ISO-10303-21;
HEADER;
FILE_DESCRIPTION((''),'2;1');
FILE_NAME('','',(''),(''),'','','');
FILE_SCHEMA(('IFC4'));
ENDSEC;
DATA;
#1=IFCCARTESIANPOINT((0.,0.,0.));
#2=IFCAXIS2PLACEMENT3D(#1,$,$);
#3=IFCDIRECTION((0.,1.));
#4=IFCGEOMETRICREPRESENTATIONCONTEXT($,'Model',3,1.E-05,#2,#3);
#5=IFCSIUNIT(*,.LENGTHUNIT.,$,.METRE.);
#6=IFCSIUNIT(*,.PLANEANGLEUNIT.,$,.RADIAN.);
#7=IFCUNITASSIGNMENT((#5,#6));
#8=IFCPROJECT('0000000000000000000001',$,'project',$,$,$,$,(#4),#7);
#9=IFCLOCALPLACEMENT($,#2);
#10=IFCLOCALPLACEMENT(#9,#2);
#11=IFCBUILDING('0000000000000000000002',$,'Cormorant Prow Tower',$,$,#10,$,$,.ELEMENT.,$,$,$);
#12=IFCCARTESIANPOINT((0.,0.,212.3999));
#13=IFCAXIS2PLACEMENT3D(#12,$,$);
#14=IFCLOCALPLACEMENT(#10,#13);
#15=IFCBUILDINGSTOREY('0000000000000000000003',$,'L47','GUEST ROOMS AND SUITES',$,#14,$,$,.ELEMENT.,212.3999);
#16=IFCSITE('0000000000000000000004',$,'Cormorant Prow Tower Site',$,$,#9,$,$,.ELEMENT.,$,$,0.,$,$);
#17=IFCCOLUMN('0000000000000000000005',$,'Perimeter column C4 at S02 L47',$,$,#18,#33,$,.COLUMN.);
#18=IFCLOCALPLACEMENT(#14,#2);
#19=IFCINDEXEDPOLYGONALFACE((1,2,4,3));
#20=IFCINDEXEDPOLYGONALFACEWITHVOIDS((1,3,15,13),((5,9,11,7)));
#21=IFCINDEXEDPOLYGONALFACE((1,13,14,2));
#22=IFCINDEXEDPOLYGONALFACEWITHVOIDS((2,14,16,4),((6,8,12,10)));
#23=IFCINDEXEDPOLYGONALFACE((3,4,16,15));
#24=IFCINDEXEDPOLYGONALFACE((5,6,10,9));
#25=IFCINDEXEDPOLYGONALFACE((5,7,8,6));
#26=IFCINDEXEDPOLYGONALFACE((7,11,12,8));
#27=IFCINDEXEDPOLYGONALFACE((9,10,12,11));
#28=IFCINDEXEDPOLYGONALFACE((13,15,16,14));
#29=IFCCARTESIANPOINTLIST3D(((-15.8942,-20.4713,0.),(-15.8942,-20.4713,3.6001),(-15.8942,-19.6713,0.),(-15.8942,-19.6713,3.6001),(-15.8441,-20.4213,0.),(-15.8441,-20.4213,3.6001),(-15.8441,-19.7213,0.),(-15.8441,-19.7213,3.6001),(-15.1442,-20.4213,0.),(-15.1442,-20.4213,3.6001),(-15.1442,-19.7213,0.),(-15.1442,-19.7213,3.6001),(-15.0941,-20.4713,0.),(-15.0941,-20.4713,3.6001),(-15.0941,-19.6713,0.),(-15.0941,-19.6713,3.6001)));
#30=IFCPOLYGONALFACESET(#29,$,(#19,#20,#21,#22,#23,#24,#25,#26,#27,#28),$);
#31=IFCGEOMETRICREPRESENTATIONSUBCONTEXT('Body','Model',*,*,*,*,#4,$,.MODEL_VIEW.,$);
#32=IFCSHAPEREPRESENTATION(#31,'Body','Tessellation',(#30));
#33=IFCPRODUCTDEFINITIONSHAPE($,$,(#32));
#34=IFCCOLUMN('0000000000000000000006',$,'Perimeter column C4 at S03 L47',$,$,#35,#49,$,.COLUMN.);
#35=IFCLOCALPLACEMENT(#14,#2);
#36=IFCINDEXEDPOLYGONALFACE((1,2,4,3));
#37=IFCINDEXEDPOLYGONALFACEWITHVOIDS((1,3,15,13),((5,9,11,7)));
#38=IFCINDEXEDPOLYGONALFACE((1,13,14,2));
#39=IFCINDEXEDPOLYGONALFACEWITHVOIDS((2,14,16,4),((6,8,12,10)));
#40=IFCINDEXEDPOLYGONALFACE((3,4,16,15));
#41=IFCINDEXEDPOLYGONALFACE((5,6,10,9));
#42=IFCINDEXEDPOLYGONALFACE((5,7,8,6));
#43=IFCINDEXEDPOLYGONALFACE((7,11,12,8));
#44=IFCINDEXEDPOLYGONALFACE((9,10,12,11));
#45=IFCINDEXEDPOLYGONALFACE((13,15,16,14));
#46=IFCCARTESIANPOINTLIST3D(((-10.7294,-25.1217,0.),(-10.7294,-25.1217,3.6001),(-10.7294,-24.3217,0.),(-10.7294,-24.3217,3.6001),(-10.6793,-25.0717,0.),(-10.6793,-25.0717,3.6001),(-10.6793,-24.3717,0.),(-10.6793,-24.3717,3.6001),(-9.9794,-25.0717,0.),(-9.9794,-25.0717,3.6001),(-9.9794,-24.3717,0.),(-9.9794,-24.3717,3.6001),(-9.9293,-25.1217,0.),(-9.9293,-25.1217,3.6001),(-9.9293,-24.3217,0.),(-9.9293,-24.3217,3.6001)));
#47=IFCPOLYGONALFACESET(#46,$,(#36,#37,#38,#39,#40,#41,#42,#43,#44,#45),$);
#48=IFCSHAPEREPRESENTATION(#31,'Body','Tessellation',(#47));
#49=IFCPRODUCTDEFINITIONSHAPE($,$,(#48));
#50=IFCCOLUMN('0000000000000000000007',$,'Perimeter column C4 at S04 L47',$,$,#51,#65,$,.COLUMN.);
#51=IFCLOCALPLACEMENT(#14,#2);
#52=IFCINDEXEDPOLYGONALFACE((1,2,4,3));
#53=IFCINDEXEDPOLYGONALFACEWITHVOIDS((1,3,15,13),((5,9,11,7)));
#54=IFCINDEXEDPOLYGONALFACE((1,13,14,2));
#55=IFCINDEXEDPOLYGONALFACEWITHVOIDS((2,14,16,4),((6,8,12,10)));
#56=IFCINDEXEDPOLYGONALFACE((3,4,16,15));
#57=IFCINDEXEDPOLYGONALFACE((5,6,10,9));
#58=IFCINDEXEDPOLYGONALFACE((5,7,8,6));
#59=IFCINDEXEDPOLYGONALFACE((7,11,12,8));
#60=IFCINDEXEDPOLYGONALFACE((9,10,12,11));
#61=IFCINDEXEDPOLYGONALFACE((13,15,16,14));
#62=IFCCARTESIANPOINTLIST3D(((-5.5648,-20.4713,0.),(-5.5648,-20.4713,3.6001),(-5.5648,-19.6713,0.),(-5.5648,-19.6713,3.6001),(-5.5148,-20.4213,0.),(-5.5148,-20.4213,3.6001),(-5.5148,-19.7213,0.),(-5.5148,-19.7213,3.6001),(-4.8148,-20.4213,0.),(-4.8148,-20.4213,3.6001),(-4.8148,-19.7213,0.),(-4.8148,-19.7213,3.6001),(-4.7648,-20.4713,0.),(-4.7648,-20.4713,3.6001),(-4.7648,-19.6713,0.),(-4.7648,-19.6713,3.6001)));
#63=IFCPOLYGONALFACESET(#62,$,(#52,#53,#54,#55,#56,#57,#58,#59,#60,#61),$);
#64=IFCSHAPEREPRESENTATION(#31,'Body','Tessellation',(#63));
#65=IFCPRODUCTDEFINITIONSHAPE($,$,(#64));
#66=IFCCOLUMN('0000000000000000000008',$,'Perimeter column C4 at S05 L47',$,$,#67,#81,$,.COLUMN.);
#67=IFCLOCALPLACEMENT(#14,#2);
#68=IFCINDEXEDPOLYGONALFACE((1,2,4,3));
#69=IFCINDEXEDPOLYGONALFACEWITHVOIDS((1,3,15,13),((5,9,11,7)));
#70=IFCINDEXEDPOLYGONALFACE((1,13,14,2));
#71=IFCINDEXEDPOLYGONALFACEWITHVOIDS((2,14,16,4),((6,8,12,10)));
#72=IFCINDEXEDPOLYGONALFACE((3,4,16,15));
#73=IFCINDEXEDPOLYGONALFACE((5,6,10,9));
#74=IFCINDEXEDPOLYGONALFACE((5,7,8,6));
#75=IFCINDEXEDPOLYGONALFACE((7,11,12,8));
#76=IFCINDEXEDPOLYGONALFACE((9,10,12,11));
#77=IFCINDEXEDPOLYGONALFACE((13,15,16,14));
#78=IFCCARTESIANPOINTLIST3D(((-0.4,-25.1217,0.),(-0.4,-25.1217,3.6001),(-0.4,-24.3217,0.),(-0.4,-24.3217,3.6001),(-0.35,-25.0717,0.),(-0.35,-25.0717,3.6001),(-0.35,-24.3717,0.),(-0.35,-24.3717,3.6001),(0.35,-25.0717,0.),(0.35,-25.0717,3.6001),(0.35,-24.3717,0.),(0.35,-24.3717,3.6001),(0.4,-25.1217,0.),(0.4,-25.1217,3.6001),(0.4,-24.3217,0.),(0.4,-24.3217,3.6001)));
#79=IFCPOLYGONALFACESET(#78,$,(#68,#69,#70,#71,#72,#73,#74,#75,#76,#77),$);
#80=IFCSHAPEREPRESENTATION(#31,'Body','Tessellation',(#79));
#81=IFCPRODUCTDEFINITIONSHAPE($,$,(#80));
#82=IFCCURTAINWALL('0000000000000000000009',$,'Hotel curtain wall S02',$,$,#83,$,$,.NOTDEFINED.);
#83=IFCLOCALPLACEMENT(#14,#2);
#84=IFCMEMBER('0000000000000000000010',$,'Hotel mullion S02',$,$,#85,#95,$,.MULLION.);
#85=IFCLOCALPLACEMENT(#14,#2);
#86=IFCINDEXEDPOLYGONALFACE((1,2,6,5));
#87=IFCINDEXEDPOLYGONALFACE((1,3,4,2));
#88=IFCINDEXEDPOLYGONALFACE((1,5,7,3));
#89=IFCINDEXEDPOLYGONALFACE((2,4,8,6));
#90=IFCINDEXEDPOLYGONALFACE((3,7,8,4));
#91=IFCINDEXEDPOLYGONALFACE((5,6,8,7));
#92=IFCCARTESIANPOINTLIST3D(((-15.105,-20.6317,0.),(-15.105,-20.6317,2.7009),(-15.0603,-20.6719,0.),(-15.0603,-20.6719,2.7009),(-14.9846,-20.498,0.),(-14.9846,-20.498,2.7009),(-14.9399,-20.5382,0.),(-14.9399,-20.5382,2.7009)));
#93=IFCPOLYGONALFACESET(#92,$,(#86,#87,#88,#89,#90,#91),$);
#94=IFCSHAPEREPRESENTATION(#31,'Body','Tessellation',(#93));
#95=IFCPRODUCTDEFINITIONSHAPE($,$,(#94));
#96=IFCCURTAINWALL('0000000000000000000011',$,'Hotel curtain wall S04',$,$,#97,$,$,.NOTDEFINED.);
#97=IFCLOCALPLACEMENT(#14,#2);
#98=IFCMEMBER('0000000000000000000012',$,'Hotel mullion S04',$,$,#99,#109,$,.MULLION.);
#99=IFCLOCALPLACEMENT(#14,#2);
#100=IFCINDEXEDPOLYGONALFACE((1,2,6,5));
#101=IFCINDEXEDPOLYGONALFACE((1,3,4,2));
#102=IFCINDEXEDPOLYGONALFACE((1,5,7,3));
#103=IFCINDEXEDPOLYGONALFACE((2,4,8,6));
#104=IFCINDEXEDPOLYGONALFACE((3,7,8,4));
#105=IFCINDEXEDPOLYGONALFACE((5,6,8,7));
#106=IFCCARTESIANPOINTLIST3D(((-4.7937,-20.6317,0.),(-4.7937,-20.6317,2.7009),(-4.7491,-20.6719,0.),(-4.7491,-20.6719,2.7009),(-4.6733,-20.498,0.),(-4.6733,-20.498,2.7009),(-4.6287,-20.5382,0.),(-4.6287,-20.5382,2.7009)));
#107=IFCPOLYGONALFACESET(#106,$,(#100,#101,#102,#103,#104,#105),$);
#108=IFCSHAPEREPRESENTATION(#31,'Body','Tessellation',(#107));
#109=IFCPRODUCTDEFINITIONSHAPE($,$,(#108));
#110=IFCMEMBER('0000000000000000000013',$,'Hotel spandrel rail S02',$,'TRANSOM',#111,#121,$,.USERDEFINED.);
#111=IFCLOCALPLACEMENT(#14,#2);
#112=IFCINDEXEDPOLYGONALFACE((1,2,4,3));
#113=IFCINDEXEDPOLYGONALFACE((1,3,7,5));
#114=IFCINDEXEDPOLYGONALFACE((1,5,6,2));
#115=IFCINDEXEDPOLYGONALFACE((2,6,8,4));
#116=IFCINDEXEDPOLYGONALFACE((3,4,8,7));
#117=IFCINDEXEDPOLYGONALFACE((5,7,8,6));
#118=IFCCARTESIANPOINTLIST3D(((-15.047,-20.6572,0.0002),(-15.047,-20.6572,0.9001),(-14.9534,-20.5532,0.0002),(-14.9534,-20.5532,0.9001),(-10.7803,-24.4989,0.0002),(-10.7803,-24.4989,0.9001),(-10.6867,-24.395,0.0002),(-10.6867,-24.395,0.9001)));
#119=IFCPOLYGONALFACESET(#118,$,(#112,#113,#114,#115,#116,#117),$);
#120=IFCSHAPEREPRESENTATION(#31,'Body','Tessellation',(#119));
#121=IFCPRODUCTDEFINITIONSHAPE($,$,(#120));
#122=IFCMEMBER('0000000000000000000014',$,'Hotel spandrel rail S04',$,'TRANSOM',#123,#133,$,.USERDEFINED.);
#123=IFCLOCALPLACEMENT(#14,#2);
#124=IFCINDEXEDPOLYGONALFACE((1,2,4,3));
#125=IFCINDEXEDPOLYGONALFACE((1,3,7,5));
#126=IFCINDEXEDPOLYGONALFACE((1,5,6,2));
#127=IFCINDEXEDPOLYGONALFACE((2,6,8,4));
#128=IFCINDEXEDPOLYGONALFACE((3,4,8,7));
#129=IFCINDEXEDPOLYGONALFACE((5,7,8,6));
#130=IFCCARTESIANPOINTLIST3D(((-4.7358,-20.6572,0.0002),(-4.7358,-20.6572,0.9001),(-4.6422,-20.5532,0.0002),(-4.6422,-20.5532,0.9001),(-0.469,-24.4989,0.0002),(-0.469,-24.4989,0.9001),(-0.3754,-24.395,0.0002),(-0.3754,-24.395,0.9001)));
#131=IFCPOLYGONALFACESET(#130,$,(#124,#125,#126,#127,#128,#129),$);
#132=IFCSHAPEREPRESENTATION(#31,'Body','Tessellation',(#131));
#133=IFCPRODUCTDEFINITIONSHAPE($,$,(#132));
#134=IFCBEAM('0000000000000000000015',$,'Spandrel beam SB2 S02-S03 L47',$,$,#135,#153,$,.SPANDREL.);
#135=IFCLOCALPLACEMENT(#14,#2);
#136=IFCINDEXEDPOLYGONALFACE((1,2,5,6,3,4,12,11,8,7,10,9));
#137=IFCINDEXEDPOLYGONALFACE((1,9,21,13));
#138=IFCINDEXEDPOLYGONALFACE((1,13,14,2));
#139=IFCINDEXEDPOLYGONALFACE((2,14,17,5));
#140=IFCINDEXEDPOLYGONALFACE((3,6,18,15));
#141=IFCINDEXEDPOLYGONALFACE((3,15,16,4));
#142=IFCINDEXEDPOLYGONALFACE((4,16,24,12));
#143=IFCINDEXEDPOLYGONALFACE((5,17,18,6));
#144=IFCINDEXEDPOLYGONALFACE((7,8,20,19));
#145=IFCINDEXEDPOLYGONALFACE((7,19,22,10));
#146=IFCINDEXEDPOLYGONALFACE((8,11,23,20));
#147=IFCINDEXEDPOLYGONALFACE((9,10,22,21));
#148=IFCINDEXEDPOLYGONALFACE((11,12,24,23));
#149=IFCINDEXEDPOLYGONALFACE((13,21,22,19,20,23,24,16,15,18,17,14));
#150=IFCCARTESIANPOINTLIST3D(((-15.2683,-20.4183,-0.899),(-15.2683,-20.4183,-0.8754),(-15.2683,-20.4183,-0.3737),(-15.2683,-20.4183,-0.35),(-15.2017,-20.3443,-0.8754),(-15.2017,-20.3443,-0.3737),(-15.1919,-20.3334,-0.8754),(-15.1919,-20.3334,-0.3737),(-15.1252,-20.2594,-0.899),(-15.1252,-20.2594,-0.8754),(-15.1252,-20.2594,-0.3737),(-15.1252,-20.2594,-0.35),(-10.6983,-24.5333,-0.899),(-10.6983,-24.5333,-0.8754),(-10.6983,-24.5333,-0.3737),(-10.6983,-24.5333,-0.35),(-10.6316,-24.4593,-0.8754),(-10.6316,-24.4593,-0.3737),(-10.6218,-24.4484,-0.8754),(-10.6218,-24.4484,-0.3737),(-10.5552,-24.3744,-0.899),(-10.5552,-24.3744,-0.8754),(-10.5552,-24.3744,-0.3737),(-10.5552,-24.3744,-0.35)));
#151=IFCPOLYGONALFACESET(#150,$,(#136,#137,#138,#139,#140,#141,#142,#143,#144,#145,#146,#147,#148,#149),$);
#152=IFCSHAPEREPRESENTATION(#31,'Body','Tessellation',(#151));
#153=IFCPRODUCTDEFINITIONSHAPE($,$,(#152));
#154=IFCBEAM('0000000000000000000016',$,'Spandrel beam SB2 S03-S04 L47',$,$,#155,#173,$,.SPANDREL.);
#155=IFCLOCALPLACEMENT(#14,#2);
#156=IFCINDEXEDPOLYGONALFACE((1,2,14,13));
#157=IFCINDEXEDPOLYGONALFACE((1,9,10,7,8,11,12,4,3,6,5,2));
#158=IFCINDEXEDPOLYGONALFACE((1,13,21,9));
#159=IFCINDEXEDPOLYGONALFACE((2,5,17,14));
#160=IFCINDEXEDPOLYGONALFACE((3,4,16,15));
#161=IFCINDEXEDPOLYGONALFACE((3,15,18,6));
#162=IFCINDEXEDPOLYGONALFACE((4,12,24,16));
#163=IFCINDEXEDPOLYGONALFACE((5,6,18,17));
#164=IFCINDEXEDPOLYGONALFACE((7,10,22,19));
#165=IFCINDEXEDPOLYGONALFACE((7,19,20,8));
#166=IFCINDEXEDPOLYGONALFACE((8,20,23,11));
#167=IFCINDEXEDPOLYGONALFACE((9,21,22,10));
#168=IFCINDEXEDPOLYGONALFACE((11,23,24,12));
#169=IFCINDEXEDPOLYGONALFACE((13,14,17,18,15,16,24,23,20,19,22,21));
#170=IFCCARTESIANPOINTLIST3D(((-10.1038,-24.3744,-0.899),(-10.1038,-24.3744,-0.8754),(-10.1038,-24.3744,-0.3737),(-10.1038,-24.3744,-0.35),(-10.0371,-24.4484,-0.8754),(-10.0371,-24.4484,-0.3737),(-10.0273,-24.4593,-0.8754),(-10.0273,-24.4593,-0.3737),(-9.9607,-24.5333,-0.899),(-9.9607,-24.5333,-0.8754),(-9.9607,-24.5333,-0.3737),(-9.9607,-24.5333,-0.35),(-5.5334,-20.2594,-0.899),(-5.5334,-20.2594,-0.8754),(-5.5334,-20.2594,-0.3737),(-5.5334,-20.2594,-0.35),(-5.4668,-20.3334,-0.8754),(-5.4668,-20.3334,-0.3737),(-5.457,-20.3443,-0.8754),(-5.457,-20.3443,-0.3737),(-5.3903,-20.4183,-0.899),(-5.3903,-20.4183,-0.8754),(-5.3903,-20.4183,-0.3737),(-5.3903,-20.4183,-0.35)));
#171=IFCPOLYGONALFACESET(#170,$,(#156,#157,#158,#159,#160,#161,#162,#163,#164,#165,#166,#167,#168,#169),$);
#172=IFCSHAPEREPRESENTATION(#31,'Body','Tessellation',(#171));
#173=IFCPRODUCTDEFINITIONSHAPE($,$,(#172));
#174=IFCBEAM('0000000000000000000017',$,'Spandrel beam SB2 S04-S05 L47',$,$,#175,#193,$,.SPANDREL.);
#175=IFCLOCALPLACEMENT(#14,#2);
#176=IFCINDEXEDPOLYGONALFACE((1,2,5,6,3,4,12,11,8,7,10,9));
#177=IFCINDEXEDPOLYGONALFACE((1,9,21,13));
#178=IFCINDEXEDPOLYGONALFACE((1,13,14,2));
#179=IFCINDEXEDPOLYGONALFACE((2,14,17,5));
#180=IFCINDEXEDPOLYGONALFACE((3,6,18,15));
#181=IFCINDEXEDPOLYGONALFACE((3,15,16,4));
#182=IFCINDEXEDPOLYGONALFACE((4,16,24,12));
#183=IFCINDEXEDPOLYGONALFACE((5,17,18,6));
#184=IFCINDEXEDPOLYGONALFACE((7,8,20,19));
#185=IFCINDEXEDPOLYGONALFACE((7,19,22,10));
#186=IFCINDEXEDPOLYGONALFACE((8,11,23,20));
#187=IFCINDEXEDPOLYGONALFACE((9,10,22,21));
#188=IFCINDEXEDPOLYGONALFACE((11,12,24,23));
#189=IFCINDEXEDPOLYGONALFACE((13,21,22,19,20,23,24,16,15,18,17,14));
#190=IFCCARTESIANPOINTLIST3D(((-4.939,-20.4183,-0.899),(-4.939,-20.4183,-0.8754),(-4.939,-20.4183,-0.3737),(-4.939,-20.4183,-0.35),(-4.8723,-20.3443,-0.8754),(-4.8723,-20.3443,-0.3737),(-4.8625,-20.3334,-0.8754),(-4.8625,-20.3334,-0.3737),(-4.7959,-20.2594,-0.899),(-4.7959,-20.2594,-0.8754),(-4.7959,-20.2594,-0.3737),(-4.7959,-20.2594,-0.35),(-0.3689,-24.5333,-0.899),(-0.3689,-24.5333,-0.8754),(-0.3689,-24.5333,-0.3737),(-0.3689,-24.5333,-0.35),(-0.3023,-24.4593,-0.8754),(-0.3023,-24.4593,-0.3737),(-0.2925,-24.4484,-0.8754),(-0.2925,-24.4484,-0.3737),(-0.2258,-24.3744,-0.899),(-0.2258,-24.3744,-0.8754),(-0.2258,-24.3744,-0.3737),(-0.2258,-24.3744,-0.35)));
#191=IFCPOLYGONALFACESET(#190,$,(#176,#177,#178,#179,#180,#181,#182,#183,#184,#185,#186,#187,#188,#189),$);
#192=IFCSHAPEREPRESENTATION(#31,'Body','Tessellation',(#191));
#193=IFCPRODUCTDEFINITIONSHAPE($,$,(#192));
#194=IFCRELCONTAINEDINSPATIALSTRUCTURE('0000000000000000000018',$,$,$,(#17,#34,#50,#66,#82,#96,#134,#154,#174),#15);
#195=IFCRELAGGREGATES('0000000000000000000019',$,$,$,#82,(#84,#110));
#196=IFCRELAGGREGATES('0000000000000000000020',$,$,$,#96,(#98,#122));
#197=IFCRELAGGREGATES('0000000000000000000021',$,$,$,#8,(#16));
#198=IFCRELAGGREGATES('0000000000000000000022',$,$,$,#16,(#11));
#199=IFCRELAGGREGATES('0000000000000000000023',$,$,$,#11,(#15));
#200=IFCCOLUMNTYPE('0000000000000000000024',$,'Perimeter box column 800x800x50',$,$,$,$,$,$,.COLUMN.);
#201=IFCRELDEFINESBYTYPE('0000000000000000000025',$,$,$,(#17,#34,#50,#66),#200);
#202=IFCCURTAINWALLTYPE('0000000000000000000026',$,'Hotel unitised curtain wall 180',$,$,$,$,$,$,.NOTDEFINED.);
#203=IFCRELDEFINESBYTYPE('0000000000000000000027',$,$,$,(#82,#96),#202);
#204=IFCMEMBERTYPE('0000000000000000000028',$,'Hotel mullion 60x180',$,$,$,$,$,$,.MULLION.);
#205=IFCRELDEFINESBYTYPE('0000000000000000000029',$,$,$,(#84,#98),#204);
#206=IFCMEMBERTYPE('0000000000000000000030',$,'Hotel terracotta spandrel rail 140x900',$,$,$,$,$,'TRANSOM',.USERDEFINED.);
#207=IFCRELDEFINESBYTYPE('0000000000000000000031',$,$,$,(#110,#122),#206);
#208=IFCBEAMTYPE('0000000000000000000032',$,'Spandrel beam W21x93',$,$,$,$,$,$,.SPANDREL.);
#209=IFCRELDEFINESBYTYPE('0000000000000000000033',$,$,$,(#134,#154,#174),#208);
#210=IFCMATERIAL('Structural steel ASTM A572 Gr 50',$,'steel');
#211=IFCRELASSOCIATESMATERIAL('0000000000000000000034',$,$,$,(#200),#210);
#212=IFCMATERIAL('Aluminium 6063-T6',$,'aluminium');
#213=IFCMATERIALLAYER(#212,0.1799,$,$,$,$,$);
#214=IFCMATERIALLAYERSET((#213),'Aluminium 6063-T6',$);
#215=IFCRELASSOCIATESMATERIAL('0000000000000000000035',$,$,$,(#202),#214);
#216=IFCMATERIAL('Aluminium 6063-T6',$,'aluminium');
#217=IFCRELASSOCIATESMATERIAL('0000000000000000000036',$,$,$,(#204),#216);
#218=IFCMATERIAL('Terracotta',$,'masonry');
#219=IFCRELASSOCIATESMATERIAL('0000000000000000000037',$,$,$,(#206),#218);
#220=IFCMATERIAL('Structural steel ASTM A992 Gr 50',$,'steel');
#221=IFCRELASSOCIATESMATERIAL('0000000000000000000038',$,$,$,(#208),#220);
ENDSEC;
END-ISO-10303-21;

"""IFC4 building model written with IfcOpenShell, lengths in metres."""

from ifc_helpers import new_model, si_unit, direction, frame, origin, origin_2d, place, context, subcontext, project, spatial, rectangle, hollow_rectangle, i_section, extrude, material, layer, layer_set, material_profile, profile_set, type_object, element, aggregate, save


model = new_model("IFC4")

# Units and contexts
model_context = context("Model", 3, precision=1e-05, world=origin(), true_north=direction((0.0, 1.0)))
body_context = subcontext(model_context, "Body", "Model", "MODEL_VIEW")
ifc_project = project(units=[si_unit("LENGTHUNIT", "METRE"), si_unit("PLANEANGLEUNIT", "RADIAN")], contexts=[model_context])

# Site, building, storey
site_placement = place(None, origin())
site = spatial("IfcSite", under=ifc_project, at=site_placement, Name="Cormorant Prow Tower Site", CompositionType="ELEMENT", RefElevation=0.0)
building_placement = place(site_placement, origin())
building = spatial("IfcBuilding", under=site, at=building_placement, Name="Cormorant Prow Tower", CompositionType="ELEMENT")
storey_placement = place(building_placement, frame((0.0, 0.0, 212.3999)))
storey = spatial("IfcBuildingStorey", under=building, at=storey_placement, Name="L47", Description="GUEST ROOMS AND SUITES", CompositionType="ELEMENT", Elevation=212.3999)

# Columns
ifc_material_1 = material(Name="Structural steel ASTM A572 Gr 50", Category="steel")
ifc_material_profile_1 = material_profile(ifc_material_1, hollow_rectangle(XDim=0.8, YDim=0.8, WallThickness=0.05, at=origin_2d()), Name="Box 800x800x50")
ifc_profile_set_1 = profile_set([ifc_material_profile_1], Name="Structural steel ASTM A572 Gr 50")
column_type = type_object("IfcColumnType", Name="Perimeter box column 800x800x50", PredefinedType="COLUMN", material=ifc_profile_set_1)
for number, where, z_axis, x_axis, name in (
    (1, (-15.4941, -20.0713, 0.0), (0.0, 0.0, 1.0), (1.0, 0.0, 0.0), "Perimeter column C4 at S02 L47"),
    (2, (-10.3293, -24.7217, 0.0), (0.0, 0.0, 1.0), (1.0, 0.0, 0.0), "Perimeter column C4 at S03 L47"),
    (3, (-5.1648, -20.0713, 0.0), (0.0, 0.0, 1.0), (1.0, 0.0, 0.0), "Perimeter column C4 at S04 L47"),
    (4, (0.0, -24.7217, 0.0), (0.0, 0.0, 1.0), (1.0, 0.0, 0.0), "Perimeter column C4 at S05 L47"),
):
    element("IfcColumn", number, at=place(storey_placement, frame(where, z_axis=z_axis, x_axis=x_axis)), inside=storey, type_object=column_type, Name=name, PredefinedType="COLUMN", context=body_context, shape_type="SweptSolid", body=[
        extrude(hollow_rectangle(XDim=0.8, YDim=0.8, WallThickness=0.05, at=origin_2d()), origin(), (0.0, 0.0, 1.0), 3.6001),
    ])

# Curtain walls, members
ifc_material_2 = material(Name="Aluminium 6063-T6", Category="aluminium")
ifc_layer_1 = layer(ifc_material_2, 0.1799)
ifc_layer_set_1 = layer_set([ifc_layer_1], Name="Aluminium 6063-T6")
curtain_wall_type = type_object("IfcCurtainWallType", Name="Hotel unitised curtain wall 180", PredefinedType="NOTDEFINED", material=ifc_layer_set_1)
curtain_wall_1_placement = place(storey_placement, origin())
curtain_wall_1 = element("IfcCurtainWall", 5, at=curtain_wall_1_placement, inside=storey, type_object=curtain_wall_type, Name="Hotel curtain wall S02", PredefinedType="NOTDEFINED")
ifc_material_3 = material(Name="Aluminium 6063-T6", Category="aluminium")
ifc_material_profile_2 = material_profile(ifc_material_3, rectangle(XDim=0.1799, YDim=0.0601, at=origin_2d()), Name="Hotel mullion 60x180")
ifc_profile_set_2 = profile_set([ifc_material_profile_2], Name="Aluminium 6063-T6")
member_type_1 = type_object("IfcMemberType", Name="Hotel mullion 60x180", PredefinedType="MULLION", material=ifc_profile_set_2)
member_1_placement = place(storey_placement, frame((-15.0225, -20.585, 0.0), z_axis=(0.0, 0.0, 1.0), x_axis=(0.669131, 0.743145, 0.0)))
member_1 = element("IfcMember", 6, at=member_1_placement, type_object=member_type_1, Name="Hotel mullion S02", PredefinedType="MULLION", context=body_context, shape_type="SweptSolid", body=[
    extrude(rectangle(XDim=0.1799, YDim=0.0601, at=origin_2d()), origin(), (0.0, 0.0, 1.0), 2.7009),
])
curtain_wall_2_placement = place(storey_placement, origin())
curtain_wall_2 = element("IfcCurtainWall", 7, at=curtain_wall_2_placement, inside=storey, type_object=curtain_wall_type, Name="Hotel curtain wall S04", PredefinedType="NOTDEFINED")
member_2_placement = place(storey_placement, frame((-4.7112, -20.585, 0.0), z_axis=(0.0, 0.0, 1.0), x_axis=(0.669131, 0.743145, 0.0)))
member_2 = element("IfcMember", 8, at=member_2_placement, type_object=member_type_1, Name="Hotel mullion S04", PredefinedType="MULLION", context=body_context, shape_type="SweptSolid", body=[
    extrude(rectangle(XDim=0.1799, YDim=0.0601, at=origin_2d()), origin(), (0.0, 0.0, 1.0), 2.7009),
])

# Members
ifc_material_4 = material(Name="Terracotta", Category="masonry")
ifc_material_profile_3 = material_profile(ifc_material_4, rectangle(XDim=0.1399, YDim=0.8999, at=origin_2d()), Name="Hotel terracotta spandrel rail 140x900")
ifc_profile_set_3 = profile_set([ifc_material_profile_3], Name="Terracotta")
member_type_2 = type_object("IfcMemberType", Name="Hotel terracotta spandrel rail 140x900", ElementType="TRANSOM", PredefinedType="USERDEFINED", material=ifc_profile_set_3)
member_3_placement = place(storey_placement, frame((-15.0002, -20.6052, 0.4502), z_axis=(0.743152, -0.669122, 0.0), x_axis=(0.669122, 0.743152, 0.0)))
member_3 = element("IfcMember", 9, at=member_3_placement, type_object=member_type_2, Name="Hotel spandrel rail S02", ObjectType="TRANSOM", PredefinedType="USERDEFINED", context=body_context, shape_type="SweptSolid", body=[
    extrude(rectangle(XDim=0.1399, YDim=0.8999, at=origin_2d()), origin(), (0.0, 0.0, 1.0), 5.7415),
])
member_4_placement = place(storey_placement, frame((-4.689, -20.6052, 0.4502), z_axis=(0.743152, -0.669122, 0.0), x_axis=(0.669122, 0.743152, 0.0)))
member_4 = element("IfcMember", 10, at=member_4_placement, type_object=member_type_2, Name="Hotel spandrel rail S04", ObjectType="TRANSOM", PredefinedType="USERDEFINED", context=body_context, shape_type="SweptSolid", body=[
    extrude(rectangle(XDim=0.1399, YDim=0.8999, at=origin_2d()), origin(), (0.0, 0.0, 1.0), 5.7415),
])

# Beams
ifc_material_5 = material(Name="Structural steel ASTM A992 Gr 50", Category="steel")
ifc_material_profile_4 = material_profile(ifc_material_5, i_section(OverallWidth=0.2139, OverallDepth=0.5491, WebThickness=0.0146, FlangeThickness=0.0237, at=origin_2d()), Name="W21x93")
ifc_profile_set_4 = profile_set([ifc_material_profile_4], Name="Structural steel ASTM A992 Gr 50")
beam_type = type_object("IfcBeamType", Name="Spandrel beam W21x93", PredefinedType="SPANDREL", material=ifc_profile_set_4)
beam_1_placement = place(storey_placement, frame((-15.1968, -20.3389, -0.6245), z_axis=(0.743138, -0.669138, 0.0), x_axis=(0.669138, 0.743138, 0.0)))
element("IfcBeam", 11, at=beam_1_placement, inside=storey, type_object=beam_type, Name="Spandrel beam SB2 S02-S03 L47", PredefinedType="SPANDREL", context=body_context, shape_type="SweptSolid", body=[
    extrude(i_section(OverallWidth=0.2139, OverallDepth=0.5491, WebThickness=0.0146, FlangeThickness=0.0237, at=origin_2d()), origin(), (0.0, 0.0, 1.0), 6.1497),
])
beam_2_placement = place(storey_placement, frame((-10.0322, -24.4539, -0.6245), z_axis=(0.743156, 0.669118, 0.0), x_axis=(-0.669118, 0.743156, 0.0)))
element("IfcBeam", 12, at=beam_2_placement, inside=storey, type_object=beam_type, Name="Spandrel beam SB2 S03-S04 L47", PredefinedType="SPANDREL", context=body_context, shape_type="SweptSolid", body=[
    extrude(i_section(OverallWidth=0.2139, OverallDepth=0.5491, WebThickness=0.0146, FlangeThickness=0.0237, at=origin_2d()), origin(), (0.0, 0.0, 1.0), 6.1499),
])
beam_3_placement = place(storey_placement, frame((-4.8674, -20.3389, -0.6245), z_axis=(0.743138, -0.669138, 0.0), x_axis=(0.669138, 0.743138, 0.0)))
element("IfcBeam", 13, at=beam_3_placement, inside=storey, type_object=beam_type, Name="Spandrel beam SB2 S04-S05 L47", PredefinedType="SPANDREL", context=body_context, shape_type="SweptSolid", body=[
    extrude(i_section(OverallWidth=0.2139, OverallDepth=0.5491, WebThickness=0.0146, FlangeThickness=0.0237, at=origin_2d()), origin(), (0.0, 0.0, 1.0), 6.1497),
])

aggregate(curtain_wall_1, [member_1, member_3])
aggregate(curtain_wall_2, [member_2, member_4])

save(model, "model.ifc")
